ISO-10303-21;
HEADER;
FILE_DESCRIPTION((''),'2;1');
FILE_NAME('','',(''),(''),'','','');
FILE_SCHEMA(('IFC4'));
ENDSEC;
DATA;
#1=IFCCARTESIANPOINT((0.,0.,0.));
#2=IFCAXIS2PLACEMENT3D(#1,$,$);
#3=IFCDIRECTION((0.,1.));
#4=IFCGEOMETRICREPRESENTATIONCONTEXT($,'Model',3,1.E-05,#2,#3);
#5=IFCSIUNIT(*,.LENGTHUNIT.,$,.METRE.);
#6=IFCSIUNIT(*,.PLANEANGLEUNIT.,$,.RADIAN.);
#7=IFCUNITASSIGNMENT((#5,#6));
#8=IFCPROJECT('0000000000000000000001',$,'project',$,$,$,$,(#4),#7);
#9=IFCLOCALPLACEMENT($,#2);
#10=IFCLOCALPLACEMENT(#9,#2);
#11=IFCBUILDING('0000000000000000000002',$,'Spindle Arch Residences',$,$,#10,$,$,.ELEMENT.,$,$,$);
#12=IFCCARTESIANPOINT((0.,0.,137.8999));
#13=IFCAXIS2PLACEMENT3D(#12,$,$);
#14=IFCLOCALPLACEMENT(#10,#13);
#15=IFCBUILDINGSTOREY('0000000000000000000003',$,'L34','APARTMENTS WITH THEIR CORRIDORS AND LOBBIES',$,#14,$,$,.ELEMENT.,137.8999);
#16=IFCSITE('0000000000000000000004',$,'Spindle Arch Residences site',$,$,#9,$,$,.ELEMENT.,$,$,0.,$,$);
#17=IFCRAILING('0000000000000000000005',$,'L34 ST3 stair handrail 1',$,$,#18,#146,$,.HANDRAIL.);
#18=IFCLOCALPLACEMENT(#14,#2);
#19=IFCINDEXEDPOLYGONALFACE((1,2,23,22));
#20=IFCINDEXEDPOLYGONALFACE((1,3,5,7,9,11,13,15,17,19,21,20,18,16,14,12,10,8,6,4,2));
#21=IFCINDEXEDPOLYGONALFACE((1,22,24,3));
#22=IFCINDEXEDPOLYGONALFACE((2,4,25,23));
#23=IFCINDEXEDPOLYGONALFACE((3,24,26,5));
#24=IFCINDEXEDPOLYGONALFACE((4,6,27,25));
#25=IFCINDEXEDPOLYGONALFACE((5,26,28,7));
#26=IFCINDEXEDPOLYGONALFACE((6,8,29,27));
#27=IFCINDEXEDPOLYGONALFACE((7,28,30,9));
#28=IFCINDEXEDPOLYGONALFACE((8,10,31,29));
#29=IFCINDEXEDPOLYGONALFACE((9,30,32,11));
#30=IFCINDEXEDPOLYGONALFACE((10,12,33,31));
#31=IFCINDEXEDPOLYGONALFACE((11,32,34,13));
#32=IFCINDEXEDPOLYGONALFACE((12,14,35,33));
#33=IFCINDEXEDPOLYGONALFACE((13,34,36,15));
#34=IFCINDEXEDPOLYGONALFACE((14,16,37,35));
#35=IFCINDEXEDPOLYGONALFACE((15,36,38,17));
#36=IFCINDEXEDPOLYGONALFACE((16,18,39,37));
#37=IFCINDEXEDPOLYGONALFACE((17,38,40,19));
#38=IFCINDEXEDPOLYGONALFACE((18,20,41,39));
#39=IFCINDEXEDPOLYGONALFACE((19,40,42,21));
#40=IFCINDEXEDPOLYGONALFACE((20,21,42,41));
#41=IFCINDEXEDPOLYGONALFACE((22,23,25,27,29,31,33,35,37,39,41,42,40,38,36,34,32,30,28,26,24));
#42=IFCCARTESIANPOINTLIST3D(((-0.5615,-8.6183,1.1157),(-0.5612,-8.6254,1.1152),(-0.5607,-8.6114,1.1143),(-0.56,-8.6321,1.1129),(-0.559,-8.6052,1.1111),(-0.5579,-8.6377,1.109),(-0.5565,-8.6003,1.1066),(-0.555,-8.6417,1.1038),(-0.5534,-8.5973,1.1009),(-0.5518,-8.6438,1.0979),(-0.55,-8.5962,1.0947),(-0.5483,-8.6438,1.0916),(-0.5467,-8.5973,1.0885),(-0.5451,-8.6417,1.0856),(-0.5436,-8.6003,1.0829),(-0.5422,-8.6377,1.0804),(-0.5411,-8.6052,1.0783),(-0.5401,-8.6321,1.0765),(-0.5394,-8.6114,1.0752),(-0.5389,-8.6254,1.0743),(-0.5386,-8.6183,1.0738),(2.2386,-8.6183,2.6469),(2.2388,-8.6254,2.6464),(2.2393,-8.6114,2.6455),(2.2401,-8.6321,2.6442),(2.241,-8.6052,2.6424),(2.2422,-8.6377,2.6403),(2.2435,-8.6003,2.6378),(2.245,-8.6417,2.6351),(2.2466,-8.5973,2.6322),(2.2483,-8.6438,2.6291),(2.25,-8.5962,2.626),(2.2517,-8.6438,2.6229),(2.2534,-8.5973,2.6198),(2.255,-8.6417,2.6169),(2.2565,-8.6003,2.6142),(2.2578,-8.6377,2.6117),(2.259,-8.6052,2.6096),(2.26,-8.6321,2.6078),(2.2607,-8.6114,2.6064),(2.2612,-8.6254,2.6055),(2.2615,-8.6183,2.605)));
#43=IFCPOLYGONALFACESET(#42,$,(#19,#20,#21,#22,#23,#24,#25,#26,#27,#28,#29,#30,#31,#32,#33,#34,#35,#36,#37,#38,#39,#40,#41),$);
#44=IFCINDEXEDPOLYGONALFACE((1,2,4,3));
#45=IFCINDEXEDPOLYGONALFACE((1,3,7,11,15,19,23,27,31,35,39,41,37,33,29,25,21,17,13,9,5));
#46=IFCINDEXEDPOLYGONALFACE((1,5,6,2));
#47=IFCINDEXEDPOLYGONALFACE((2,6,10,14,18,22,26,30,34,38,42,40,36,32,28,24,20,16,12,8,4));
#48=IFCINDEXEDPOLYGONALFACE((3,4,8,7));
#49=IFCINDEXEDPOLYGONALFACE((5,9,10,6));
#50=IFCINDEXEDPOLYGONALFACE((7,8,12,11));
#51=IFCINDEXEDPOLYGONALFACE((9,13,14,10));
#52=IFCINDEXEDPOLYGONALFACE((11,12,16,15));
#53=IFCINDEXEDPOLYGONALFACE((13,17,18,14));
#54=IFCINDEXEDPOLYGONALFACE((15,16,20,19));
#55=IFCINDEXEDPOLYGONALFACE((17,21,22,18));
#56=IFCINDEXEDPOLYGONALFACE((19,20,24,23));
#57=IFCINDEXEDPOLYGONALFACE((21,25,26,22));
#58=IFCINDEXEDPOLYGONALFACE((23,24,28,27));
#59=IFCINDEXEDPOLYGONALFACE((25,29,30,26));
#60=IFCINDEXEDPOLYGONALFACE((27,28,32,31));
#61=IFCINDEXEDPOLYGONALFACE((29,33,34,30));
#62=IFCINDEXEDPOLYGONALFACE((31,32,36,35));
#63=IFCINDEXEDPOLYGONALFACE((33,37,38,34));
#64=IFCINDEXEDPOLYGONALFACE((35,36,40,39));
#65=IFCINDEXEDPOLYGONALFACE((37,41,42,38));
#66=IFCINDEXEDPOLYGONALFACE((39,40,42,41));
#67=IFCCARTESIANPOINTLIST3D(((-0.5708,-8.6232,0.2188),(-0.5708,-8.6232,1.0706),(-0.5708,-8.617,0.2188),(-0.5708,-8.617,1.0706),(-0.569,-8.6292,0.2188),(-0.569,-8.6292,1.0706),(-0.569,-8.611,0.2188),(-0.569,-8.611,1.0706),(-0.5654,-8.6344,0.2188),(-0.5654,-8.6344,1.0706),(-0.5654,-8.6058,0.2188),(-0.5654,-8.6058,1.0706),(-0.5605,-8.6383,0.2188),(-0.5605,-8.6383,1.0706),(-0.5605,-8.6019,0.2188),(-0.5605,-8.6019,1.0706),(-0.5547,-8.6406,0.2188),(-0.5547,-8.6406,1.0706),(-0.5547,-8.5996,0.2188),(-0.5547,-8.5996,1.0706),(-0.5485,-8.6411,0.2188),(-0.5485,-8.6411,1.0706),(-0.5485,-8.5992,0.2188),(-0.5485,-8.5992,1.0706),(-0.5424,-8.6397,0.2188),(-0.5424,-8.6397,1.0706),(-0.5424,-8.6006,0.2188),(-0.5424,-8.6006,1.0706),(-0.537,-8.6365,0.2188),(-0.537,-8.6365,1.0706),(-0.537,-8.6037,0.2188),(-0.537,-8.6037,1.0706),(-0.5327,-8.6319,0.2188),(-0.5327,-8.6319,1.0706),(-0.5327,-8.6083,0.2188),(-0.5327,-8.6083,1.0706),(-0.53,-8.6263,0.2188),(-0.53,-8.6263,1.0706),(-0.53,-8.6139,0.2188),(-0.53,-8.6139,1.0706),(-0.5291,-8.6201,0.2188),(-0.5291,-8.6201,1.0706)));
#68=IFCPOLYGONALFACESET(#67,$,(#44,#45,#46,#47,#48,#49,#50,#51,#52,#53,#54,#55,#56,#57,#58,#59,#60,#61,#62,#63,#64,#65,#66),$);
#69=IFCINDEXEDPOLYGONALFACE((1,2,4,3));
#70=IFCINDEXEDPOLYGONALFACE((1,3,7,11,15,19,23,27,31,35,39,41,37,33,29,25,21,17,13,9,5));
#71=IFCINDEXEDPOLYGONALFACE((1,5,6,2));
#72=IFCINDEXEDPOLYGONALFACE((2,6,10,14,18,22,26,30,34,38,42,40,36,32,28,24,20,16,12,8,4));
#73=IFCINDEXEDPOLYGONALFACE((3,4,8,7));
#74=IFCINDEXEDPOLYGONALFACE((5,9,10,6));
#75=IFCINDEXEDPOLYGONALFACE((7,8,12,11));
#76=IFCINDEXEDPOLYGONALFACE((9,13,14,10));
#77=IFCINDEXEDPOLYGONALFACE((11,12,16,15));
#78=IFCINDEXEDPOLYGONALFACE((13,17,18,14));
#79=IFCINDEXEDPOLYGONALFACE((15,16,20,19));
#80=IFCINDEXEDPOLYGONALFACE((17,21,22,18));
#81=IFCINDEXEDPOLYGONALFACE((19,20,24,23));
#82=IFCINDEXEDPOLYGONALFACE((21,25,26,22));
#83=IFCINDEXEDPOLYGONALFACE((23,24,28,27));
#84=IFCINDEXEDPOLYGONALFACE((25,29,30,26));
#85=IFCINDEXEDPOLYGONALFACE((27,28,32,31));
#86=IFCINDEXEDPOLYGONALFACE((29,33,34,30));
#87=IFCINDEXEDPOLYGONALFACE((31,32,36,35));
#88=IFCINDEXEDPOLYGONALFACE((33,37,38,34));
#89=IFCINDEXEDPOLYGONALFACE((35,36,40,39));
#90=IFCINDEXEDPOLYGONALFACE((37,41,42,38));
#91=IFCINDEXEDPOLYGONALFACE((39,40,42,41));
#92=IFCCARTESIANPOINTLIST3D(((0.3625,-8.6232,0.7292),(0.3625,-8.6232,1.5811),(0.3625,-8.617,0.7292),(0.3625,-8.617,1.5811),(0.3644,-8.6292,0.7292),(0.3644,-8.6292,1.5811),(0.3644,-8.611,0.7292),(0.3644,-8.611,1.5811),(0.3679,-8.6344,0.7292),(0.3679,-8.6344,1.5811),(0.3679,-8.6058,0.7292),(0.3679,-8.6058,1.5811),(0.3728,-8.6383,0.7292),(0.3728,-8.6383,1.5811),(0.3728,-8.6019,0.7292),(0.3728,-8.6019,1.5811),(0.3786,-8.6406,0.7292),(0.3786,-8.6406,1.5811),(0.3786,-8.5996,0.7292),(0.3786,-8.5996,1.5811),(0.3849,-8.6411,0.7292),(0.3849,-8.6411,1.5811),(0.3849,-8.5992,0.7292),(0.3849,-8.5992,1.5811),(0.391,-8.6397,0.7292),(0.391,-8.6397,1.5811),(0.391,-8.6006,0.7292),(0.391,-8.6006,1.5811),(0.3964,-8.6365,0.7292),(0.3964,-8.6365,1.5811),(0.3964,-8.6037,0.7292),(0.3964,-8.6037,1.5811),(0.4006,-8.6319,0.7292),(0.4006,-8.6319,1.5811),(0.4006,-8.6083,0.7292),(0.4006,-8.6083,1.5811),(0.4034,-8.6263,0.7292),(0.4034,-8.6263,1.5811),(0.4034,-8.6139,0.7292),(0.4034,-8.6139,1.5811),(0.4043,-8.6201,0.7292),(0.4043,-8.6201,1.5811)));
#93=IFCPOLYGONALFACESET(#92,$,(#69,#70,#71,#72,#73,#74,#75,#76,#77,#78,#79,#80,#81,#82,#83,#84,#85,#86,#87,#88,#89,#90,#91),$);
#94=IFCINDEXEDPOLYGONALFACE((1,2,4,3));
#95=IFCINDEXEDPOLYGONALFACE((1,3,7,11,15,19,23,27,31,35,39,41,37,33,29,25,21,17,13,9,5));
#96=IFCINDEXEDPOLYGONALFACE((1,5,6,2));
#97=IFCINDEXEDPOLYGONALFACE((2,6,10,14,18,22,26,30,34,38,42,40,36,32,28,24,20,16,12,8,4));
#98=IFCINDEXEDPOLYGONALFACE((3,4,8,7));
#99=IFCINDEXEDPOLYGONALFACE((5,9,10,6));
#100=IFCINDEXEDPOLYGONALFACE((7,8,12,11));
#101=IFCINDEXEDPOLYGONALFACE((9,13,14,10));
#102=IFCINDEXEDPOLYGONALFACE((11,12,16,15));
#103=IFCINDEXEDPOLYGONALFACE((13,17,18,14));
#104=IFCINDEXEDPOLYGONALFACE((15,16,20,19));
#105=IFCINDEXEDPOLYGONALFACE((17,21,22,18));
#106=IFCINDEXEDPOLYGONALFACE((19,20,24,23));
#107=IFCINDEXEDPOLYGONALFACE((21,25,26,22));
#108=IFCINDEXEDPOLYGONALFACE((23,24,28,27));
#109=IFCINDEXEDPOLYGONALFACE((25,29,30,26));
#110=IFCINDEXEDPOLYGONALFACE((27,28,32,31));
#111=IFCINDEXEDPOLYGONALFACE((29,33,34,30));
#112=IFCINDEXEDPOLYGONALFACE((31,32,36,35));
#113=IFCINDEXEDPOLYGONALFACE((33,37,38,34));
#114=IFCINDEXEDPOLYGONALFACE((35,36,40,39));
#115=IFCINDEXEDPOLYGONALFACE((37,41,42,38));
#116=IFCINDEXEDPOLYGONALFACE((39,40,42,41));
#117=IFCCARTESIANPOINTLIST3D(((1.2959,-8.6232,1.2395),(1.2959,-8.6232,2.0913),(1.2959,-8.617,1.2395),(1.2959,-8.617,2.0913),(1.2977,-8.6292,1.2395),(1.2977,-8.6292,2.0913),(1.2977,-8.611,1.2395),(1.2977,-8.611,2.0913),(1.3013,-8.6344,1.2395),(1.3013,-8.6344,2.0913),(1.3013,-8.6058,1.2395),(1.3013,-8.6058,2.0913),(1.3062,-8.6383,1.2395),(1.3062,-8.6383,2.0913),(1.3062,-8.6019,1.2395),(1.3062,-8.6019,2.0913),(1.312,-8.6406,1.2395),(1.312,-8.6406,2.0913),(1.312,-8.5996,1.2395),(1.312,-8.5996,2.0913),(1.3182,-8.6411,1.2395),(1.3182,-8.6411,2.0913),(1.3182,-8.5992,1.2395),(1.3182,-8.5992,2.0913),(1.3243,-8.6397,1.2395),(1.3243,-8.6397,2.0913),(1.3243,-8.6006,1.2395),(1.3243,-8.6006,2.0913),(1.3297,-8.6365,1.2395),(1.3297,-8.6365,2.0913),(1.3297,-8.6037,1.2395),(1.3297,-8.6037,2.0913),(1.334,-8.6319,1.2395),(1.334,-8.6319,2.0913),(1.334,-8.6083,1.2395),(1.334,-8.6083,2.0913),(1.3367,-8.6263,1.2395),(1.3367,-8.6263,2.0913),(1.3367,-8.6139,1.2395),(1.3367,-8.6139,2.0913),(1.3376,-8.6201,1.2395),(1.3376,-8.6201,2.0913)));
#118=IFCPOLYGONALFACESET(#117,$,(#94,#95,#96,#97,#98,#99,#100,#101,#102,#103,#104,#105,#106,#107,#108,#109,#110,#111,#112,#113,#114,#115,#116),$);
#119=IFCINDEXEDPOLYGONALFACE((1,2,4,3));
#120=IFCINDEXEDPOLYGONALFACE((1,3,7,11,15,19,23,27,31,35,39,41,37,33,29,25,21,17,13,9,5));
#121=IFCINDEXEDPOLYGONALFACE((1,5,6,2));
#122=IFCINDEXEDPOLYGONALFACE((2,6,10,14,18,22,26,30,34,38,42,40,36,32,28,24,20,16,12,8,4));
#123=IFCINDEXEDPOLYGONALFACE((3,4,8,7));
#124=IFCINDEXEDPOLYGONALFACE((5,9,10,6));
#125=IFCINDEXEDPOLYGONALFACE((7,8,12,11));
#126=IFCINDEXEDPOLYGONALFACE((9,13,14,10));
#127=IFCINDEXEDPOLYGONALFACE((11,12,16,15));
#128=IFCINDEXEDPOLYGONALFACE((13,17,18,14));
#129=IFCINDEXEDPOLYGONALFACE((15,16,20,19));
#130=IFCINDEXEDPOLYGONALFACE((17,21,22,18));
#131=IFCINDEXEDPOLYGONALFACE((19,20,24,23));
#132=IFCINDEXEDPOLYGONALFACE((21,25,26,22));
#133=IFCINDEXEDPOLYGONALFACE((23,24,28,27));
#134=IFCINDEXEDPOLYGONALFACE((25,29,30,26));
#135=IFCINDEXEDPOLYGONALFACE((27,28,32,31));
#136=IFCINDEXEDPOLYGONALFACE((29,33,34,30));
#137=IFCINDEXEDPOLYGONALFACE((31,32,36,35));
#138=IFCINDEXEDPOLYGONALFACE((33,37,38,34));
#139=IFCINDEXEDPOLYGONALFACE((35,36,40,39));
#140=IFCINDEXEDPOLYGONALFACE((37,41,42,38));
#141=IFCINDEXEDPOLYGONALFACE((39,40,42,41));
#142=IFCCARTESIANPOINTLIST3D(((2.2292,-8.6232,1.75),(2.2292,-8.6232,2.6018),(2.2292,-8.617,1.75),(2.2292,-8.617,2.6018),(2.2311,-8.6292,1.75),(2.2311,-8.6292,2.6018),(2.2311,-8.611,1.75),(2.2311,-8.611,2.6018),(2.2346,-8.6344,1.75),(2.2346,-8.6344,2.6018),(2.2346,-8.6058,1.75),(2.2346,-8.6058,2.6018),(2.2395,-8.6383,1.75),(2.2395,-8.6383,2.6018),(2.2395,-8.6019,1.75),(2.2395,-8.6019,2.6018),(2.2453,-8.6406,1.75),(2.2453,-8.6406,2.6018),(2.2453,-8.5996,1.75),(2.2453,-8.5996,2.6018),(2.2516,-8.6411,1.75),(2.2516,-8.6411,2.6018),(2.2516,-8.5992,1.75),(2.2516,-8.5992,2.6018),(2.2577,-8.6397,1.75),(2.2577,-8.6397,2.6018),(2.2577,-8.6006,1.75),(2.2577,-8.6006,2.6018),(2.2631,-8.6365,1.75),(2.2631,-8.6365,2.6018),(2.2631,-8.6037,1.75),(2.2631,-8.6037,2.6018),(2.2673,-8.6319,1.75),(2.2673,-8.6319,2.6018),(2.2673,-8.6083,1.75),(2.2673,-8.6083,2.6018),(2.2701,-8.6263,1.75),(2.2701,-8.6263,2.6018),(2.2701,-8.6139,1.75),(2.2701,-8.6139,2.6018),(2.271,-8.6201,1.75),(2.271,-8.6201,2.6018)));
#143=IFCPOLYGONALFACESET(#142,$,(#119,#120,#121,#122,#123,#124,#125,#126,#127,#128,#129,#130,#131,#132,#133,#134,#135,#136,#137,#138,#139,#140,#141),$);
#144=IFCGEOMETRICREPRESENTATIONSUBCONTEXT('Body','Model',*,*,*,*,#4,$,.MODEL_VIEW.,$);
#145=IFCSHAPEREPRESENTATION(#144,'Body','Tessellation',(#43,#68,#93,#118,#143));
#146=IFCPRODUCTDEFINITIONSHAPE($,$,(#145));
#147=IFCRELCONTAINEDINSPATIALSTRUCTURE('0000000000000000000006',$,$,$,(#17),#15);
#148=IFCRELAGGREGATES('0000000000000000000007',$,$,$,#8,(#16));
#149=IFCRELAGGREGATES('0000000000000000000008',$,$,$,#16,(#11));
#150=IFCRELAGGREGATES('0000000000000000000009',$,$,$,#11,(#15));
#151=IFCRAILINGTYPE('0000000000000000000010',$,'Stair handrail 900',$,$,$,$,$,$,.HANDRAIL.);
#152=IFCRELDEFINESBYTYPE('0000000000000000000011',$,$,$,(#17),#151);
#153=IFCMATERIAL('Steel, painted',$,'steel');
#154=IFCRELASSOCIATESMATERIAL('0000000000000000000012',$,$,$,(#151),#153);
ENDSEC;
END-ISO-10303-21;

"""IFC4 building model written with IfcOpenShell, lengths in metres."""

from ifc_helpers import new_model, si_unit, direction, frame, origin, origin_2d, place, context, subcontext, project, spatial, circle, extrude, material, type_object, element, save


model = new_model("IFC4")

# Units and contexts
model_context = context("Model", 3, precision=1e-05, world=origin(), true_north=direction((0.0, 1.0)))
body_context = subcontext(model_context, "Body", "Model", "MODEL_VIEW")
ifc_project = project(units=[si_unit("LENGTHUNIT", "METRE"), si_unit("PLANEANGLEUNIT", "RADIAN")], contexts=[model_context])

# Site, building, storey
site_placement = place(None, origin())
site = spatial("IfcSite", under=ifc_project, at=site_placement, Name="Spindle Arch Residences site", CompositionType="ELEMENT", RefElevation=0.0)
building_placement = place(site_placement, origin())
building = spatial("IfcBuilding", under=site, at=building_placement, Name="Spindle Arch Residences", CompositionType="ELEMENT")
storey_placement = place(building_placement, frame((0.0, 0.0, 137.8999)))
storey = spatial("IfcBuildingStorey", under=building, at=storey_placement, Name="L34", Description="APARTMENTS WITH THEIR CORRIDORS AND LOBBIES", CompositionType="ELEMENT", Elevation=137.8999)

# Railing
ifc_material_1 = material(Name="Steel, painted", Category="steel")
railing_type_1 = type_object("IfcRailingType", Name="Stair handrail 900", PredefinedType="HANDRAIL", material=ifc_material_1)
railing_1_placement = place(storey_placement, frame((-0.55, -8.6201, 0.2188)))
element("IfcRailing", 1, at=railing_1_placement, inside=storey, type_object=railing_type_1, Name="L34 ST3 stair handrail 1", PredefinedType="HANDRAIL", context=body_context, shape_type="SweptSolid", body=[
    extrude(circle(Radius=0.0239, at=origin_2d()), frame((0.0, 0.0, 0.876), z_axis=(0.877375, 0.0, 0.479806), x_axis=(0.0, 1.0, 0.0)), (0.0, 0.0, 1.0), 3.1914),
    extrude(circle(Radius=0.021, at=origin_2d()), origin(), (0.0, 0.0, 1.0), 0.8518),
    extrude(circle(Radius=0.021, at=origin_2d()), frame((0.9333, 0.0, 0.5105)), (0.0, 0.0, 1.0), 0.8518),
    extrude(circle(Radius=0.021, at=origin_2d()), frame((1.8667, 0.0, 1.0208)), (0.0, 0.0, 1.0), 0.8518),
    extrude(circle(Radius=0.021, at=origin_2d()), frame((2.8, 0.0, 1.5312)), (0.0, 0.0, 1.0), 0.8518),
])

save(model, "model.ifc")
